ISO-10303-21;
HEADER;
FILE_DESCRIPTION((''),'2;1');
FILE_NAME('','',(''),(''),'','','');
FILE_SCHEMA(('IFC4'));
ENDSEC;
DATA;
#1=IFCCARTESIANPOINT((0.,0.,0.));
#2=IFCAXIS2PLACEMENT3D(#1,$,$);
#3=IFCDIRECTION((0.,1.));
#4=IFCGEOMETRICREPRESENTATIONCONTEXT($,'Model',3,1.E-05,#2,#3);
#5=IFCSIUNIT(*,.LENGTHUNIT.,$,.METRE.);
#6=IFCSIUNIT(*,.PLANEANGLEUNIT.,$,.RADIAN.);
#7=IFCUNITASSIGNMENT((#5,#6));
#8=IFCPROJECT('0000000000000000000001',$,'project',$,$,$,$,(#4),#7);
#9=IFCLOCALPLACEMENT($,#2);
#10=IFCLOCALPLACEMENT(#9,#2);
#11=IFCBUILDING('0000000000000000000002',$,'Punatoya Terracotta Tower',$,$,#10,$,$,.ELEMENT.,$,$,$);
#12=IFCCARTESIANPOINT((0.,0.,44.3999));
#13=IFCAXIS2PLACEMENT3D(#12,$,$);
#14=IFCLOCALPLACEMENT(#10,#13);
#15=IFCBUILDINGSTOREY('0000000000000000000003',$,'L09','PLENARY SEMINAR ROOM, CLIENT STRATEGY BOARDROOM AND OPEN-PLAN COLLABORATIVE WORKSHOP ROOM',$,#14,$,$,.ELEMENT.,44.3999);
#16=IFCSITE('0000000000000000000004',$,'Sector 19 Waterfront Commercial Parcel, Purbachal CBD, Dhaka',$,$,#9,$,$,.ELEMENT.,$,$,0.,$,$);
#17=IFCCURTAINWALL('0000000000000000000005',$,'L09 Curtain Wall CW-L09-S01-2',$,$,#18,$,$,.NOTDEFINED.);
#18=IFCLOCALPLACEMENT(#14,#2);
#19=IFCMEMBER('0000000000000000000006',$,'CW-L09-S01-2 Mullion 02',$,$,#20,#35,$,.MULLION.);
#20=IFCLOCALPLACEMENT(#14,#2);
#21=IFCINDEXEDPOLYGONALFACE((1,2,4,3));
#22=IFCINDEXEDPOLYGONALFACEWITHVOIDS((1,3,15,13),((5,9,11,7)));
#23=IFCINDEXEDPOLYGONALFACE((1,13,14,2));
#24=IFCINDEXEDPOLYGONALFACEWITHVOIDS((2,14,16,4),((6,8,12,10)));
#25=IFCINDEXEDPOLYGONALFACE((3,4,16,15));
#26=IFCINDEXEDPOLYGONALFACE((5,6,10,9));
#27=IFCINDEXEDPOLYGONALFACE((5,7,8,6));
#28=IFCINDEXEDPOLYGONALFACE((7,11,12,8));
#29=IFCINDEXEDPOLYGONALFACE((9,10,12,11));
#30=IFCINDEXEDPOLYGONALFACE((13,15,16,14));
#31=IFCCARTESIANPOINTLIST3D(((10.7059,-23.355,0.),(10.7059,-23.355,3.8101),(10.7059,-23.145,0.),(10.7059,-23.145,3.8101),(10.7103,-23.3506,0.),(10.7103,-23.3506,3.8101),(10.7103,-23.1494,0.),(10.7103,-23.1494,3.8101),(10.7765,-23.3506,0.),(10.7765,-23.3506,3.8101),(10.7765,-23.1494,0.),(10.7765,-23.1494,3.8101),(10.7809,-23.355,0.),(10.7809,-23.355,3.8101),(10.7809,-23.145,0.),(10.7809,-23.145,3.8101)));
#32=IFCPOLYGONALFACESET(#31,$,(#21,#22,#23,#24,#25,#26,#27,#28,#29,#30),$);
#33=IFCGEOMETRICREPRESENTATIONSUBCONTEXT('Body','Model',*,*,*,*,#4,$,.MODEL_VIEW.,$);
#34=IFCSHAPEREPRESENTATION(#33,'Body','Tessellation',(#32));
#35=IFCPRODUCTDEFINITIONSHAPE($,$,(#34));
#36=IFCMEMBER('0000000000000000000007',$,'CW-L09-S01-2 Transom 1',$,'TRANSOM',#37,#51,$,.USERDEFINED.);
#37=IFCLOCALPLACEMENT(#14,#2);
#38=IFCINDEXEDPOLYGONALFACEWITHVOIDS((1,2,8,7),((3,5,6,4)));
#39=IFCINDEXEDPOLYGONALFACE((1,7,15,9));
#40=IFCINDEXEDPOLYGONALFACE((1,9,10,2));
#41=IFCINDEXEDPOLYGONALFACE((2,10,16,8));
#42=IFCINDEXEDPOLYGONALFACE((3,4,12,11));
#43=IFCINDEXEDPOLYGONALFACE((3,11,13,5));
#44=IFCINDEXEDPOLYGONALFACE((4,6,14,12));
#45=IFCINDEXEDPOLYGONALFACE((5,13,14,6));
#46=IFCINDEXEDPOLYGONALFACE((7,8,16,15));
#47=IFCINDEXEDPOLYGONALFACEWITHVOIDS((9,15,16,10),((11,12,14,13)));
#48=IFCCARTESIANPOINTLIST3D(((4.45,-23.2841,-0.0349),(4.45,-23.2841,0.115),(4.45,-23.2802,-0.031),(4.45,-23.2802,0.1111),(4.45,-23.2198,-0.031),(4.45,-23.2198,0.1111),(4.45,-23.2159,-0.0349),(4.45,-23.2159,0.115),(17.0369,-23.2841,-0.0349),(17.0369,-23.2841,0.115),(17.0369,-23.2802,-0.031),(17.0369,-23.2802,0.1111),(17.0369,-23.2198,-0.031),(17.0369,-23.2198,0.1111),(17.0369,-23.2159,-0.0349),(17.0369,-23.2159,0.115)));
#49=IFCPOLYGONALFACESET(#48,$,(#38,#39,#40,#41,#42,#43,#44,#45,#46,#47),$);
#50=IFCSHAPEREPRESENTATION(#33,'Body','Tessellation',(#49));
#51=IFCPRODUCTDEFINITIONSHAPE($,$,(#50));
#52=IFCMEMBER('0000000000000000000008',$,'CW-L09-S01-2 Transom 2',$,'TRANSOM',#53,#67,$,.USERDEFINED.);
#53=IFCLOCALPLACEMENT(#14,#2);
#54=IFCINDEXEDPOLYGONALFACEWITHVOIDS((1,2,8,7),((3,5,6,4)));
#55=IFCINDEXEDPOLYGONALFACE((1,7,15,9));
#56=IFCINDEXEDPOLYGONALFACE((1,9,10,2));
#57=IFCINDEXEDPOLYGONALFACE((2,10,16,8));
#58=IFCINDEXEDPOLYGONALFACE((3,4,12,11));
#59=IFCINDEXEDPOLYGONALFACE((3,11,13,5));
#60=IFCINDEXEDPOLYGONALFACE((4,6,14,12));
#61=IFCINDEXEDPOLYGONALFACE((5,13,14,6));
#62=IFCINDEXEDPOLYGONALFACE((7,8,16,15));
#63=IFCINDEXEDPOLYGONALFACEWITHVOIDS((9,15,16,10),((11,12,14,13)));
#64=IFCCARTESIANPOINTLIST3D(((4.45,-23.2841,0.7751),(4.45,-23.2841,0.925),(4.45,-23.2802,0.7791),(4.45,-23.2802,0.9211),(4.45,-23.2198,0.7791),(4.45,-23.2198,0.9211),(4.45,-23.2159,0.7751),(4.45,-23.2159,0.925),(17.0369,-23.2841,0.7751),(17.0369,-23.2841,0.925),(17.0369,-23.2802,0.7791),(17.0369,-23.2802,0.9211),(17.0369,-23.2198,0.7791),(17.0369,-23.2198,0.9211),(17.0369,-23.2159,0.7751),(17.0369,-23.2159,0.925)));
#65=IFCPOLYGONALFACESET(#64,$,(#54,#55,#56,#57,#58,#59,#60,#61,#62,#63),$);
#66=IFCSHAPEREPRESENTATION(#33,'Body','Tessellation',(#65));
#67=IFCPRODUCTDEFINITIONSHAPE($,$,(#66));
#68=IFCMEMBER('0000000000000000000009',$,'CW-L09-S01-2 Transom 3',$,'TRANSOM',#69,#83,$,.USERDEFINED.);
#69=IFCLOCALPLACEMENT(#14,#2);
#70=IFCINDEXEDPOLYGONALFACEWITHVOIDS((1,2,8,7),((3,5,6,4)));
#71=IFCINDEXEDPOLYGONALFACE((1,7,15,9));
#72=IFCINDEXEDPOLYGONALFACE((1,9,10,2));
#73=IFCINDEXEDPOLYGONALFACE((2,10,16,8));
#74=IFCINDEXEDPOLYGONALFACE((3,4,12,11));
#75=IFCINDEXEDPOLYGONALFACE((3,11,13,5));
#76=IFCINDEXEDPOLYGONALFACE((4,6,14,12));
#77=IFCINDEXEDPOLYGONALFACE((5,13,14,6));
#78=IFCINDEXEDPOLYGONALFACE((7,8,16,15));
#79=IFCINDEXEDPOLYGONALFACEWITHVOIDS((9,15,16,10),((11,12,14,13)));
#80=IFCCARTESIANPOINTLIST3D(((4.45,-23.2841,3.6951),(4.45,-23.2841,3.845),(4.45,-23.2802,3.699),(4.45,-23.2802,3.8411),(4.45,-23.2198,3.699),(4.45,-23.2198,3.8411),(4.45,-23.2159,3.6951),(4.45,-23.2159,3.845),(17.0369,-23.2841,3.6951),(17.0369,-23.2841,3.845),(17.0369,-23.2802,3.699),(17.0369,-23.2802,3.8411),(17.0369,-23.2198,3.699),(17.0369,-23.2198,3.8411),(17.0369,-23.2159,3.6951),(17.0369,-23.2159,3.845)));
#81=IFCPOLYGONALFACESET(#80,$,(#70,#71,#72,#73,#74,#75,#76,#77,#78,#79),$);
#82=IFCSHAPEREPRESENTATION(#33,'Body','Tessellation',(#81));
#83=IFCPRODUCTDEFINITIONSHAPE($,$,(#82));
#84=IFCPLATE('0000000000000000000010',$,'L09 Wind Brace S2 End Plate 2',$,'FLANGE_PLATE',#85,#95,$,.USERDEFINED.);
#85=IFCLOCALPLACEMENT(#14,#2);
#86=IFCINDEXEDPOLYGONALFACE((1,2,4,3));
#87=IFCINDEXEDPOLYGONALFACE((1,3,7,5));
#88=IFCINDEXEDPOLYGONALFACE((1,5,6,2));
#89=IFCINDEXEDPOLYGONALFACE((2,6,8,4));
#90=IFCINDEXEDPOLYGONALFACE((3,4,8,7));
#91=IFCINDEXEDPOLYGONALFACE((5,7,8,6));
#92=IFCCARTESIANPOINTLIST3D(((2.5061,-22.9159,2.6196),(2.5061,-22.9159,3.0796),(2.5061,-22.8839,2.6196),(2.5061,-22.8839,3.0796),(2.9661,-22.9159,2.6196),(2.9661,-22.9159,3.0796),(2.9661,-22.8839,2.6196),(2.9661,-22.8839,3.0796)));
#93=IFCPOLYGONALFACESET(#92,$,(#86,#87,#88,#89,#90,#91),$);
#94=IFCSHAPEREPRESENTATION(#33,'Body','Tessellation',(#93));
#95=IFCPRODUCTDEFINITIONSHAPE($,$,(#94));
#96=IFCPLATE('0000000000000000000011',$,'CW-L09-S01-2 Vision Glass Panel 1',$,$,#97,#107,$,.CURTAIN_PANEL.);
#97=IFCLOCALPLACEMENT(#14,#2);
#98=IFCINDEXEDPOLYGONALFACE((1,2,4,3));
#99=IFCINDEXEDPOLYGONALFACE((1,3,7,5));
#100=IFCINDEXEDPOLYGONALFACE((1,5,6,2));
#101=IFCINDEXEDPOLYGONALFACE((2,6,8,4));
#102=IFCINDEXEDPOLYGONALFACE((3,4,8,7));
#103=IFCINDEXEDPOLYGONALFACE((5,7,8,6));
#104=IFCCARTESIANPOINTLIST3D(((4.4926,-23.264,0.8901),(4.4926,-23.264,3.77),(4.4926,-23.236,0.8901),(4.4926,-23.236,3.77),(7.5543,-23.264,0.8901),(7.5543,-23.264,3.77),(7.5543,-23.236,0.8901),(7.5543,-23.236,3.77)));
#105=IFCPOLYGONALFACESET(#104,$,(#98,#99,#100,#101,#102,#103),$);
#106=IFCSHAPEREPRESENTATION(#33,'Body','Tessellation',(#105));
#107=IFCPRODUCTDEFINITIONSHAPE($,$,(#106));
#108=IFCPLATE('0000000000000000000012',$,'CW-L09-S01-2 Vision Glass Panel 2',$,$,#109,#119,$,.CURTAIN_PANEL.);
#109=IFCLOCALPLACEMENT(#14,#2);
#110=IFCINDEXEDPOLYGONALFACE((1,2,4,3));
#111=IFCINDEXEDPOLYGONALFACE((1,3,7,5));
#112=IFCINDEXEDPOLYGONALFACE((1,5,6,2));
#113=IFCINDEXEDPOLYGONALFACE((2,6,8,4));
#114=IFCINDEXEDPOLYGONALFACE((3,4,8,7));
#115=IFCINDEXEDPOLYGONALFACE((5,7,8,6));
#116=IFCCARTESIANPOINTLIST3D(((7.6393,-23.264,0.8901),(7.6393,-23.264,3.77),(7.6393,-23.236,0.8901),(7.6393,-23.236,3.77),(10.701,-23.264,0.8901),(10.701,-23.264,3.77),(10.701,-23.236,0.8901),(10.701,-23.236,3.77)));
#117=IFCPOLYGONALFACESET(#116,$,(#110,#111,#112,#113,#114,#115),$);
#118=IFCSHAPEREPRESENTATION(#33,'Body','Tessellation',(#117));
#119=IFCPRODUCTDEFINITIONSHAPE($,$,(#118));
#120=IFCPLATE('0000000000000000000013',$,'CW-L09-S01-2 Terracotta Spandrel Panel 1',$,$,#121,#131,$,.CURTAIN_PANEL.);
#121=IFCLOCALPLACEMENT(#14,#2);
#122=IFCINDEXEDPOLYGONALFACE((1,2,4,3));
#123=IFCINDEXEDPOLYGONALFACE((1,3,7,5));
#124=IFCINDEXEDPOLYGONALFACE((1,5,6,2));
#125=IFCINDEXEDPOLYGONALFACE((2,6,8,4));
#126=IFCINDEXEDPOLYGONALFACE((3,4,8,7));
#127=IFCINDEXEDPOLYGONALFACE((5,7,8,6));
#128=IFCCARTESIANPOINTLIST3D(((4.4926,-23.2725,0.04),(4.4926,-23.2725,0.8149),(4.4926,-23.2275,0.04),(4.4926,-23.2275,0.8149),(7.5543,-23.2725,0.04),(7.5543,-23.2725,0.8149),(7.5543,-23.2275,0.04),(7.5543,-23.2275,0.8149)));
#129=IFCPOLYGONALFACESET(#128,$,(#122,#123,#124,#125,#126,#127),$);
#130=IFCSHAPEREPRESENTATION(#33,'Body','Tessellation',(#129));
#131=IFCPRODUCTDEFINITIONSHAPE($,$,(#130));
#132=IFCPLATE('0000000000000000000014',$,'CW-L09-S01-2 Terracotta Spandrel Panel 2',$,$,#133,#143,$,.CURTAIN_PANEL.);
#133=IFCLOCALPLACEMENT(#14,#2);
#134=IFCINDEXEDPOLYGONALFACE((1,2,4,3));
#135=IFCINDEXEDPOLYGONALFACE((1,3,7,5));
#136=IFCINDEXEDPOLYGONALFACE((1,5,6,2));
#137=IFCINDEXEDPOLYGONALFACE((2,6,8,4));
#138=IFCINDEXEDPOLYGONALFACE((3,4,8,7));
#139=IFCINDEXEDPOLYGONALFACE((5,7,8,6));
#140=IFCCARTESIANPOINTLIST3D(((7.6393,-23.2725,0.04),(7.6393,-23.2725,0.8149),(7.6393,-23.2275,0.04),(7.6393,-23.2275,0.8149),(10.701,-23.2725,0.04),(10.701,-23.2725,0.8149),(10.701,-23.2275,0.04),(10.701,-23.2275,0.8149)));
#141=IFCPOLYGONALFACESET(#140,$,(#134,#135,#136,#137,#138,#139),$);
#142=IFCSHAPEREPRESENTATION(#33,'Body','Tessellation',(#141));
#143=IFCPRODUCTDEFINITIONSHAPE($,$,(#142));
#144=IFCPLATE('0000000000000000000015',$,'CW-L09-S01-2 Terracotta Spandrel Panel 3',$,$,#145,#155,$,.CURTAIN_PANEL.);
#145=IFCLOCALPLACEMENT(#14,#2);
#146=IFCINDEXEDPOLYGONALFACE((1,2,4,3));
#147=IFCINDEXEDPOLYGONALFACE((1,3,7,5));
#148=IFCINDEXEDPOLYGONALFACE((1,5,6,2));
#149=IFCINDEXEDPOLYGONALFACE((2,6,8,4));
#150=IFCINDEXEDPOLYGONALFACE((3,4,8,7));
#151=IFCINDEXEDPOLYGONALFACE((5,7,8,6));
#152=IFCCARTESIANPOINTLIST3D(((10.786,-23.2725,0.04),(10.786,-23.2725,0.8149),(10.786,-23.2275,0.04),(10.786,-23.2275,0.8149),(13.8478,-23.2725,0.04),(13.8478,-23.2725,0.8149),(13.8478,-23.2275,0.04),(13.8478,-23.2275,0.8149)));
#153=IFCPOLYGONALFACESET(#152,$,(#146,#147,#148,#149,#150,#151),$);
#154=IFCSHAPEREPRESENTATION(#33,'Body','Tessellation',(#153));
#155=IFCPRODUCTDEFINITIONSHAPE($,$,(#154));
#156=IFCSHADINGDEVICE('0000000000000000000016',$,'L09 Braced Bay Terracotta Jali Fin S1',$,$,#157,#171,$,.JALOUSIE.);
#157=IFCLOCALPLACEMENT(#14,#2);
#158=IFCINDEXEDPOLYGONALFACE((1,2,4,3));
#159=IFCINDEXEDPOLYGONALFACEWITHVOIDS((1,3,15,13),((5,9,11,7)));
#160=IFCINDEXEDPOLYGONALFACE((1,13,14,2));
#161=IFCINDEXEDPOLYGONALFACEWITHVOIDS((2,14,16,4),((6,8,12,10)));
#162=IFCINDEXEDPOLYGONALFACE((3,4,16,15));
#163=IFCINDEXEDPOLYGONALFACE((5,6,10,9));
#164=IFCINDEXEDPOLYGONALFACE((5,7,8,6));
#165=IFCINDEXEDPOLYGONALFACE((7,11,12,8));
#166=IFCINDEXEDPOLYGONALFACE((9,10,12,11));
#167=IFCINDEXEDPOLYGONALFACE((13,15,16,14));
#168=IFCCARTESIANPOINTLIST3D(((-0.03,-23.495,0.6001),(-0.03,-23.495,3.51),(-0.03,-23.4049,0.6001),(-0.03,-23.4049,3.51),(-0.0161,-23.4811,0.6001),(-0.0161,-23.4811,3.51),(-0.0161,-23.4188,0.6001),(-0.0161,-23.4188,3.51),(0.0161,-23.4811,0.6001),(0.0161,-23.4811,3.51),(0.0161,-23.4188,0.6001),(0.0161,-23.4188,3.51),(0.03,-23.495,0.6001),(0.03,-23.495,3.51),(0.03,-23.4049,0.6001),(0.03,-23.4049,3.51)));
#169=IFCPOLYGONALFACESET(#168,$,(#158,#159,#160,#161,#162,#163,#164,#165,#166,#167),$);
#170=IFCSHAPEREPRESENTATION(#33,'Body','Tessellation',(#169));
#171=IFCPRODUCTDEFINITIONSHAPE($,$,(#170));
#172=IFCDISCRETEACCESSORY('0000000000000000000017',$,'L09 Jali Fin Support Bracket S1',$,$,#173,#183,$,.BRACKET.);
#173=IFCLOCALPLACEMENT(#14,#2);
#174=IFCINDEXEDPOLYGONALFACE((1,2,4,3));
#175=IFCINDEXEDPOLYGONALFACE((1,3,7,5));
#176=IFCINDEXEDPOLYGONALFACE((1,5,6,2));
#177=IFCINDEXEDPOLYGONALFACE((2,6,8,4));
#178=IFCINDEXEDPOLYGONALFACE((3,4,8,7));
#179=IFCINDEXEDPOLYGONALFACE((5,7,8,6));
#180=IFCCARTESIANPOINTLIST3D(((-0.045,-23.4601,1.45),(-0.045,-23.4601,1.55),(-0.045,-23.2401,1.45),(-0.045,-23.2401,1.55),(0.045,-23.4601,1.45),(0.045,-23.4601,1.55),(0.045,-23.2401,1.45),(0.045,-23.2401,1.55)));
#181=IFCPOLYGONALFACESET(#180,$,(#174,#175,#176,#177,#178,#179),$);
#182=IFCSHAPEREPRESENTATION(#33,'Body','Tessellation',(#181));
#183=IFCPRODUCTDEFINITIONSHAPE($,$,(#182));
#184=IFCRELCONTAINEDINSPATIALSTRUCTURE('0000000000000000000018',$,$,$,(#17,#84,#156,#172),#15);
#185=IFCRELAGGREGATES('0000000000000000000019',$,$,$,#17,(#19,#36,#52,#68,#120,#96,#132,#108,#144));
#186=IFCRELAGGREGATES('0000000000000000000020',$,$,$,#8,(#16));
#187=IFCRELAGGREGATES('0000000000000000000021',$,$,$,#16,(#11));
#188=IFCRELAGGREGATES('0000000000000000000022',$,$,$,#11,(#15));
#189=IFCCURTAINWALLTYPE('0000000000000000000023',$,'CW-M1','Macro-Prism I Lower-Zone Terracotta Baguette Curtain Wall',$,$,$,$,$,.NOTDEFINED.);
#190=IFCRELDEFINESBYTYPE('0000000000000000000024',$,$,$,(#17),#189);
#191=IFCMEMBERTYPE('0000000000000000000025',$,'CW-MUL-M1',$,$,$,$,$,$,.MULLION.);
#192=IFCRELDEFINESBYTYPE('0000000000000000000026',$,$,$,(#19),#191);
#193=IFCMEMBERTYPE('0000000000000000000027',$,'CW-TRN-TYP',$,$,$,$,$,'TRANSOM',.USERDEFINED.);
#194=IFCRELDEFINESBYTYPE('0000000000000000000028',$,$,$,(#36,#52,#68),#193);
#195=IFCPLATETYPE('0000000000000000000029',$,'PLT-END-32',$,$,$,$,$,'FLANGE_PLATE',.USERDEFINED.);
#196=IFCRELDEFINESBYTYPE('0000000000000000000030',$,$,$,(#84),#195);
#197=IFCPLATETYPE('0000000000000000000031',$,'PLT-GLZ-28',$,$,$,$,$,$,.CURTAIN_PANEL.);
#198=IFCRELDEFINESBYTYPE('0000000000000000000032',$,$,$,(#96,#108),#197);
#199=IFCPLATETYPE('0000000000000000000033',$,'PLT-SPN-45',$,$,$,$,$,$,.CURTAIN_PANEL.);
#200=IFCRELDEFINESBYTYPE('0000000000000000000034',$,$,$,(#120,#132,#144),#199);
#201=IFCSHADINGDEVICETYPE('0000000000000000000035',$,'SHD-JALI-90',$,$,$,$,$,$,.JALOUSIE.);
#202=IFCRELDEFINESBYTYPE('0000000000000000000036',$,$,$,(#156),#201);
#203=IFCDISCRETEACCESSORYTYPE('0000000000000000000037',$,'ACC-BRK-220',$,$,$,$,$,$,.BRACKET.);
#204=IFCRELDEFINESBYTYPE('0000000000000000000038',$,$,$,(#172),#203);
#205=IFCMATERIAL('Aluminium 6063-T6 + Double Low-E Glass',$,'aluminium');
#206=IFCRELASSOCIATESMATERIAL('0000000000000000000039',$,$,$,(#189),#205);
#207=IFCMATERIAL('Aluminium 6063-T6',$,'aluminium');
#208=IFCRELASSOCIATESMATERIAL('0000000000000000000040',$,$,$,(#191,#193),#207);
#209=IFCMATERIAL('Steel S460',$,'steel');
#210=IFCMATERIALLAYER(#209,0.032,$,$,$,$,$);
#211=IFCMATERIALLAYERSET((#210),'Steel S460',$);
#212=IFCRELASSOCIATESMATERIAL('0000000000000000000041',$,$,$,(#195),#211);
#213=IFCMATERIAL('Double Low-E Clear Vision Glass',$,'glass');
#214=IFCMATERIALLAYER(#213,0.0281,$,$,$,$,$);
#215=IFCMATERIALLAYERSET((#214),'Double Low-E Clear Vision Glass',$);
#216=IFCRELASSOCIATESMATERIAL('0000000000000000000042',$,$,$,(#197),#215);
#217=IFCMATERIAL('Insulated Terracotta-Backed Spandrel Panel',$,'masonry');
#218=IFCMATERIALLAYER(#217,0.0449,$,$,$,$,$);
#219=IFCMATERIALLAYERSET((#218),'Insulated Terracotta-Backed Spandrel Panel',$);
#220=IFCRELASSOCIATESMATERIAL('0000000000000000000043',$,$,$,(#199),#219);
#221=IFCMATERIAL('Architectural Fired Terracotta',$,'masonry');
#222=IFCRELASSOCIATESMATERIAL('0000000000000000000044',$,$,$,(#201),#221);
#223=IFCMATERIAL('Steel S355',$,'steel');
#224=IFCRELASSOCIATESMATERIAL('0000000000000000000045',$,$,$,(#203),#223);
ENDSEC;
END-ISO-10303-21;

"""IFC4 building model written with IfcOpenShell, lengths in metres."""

from ifc_helpers import new_model, si_unit, direction, frame, origin, origin_2d, place, context, subcontext, project, spatial, rectangle, hollow_rectangle, extrude, material, layer, layer_set, material_profile, profile_set, type_object, element, aggregate, save


model = new_model("IFC4")

# Units and contexts
model_context = context("Model", 3, precision=1e-05, world=origin(), true_north=direction((0.0, 1.0)))
body_context = subcontext(model_context, "Body", "Model", "MODEL_VIEW")
ifc_project = project(units=[si_unit("LENGTHUNIT", "METRE"), si_unit("PLANEANGLEUNIT", "RADIAN")], contexts=[model_context])

# Site, building, storey
site_placement = place(None, origin())
site = spatial("IfcSite", under=ifc_project, at=site_placement, Name="Sector 19 Waterfront Commercial Parcel, Purbachal CBD, Dhaka", CompositionType="ELEMENT", RefElevation=0.0)
building_placement = place(site_placement, origin())
building = spatial("IfcBuilding", under=site, at=building_placement, Name="Punatoya Terracotta Tower", CompositionType="ELEMENT")
storey_placement = place(building_placement, frame((0.0, 0.0, 44.3999)))
storey = spatial("IfcBuildingStorey", under=building, at=storey_placement, Name="L09", Description="PLENARY SEMINAR ROOM, CLIENT STRATEGY BOARDROOM AND OPEN-PLAN COLLABORATIVE WORKSHOP ROOM", CompositionType="ELEMENT", Elevation=44.3999)

# Shared definitions
ifc_material_1 = material(Name="Steel S460", Category="steel")

# Shared definitions
ifc_material_2 = material(Name="Steel S355", Category="steel")

# Curtain wall, members
ifc_material_3 = material(Name="Aluminium 6063-T6 + Double Low-E Glass", Category="aluminium")
curtain_wall_type = type_object("IfcCurtainWallType", Name="CW-M1", Description="Macro-Prism I Lower-Zone Terracotta Baguette Curtain Wall", PredefinedType="NOTDEFINED", material=ifc_material_3)
curtain_wall_placement = place(storey_placement, origin())
curtain_wall = element("IfcCurtainWall", 1, at=curtain_wall_placement, inside=storey, type_object=curtain_wall_type, Name="L09 Curtain Wall CW-L09-S01-2", PredefinedType="NOTDEFINED")
ifc_material_4 = material(Name="Aluminium 6063-T6", Category="aluminium")
ifc_material_profile_1 = material_profile(ifc_material_4, hollow_rectangle(XDim=0.075, YDim=0.21, WallThickness=0.0044, at=origin_2d()))
ifc_profile_set_1 = profile_set([ifc_material_profile_1], Name="Aluminium 6063-T6")
member_type_1 = type_object("IfcMemberType", Name="CW-MUL-M1", PredefinedType="MULLION", material=ifc_profile_set_1)
member_1_placement = place(storey_placement, frame((10.7434, -23.25, 0.0), z_axis=(0.0, 0.0, 1.0), x_axis=(1.0, 0.0, 0.0)))
member_1 = element("IfcMember", 2, at=member_1_placement, type_object=member_type_1, Name="CW-L09-S01-2 Mullion 02", PredefinedType="MULLION", context=body_context, shape_type="SweptSolid", body=[
    extrude(hollow_rectangle(XDim=0.075, YDim=0.21, WallThickness=0.0044, at=origin_2d()), origin(), (0.0, 0.0, 1.0), 3.8101),
])
ifc_material_profile_2 = material_profile(ifc_material_4, hollow_rectangle(XDim=0.0681, YDim=0.1499, WallThickness=0.0039, at=origin_2d()))
ifc_profile_set_2 = profile_set([ifc_material_profile_2], Name="Aluminium 6063-T6")
member_type_2 = type_object("IfcMemberType", Name="CW-TRN-TYP", ElementType="TRANSOM", PredefinedType="USERDEFINED", material=ifc_profile_set_2)
member_2_placement = place(storey_placement, frame((4.45, -23.25, 0.04), z_axis=(1.0, 0.0, 0.0), x_axis=(0.0, 1.0, 0.0)))
member_2 = element("IfcMember", 3, at=member_2_placement, type_object=member_type_2, Name="CW-L09-S01-2 Transom 1", ObjectType="TRANSOM", PredefinedType="USERDEFINED", context=body_context, shape_type="SweptSolid", body=[
    extrude(hollow_rectangle(XDim=0.0681, YDim=0.1499, WallThickness=0.0039, at=origin_2d()), origin(), (0.0, 0.0, 1.0), 12.5869),
])
member_3_placement = place(storey_placement, frame((4.45, -23.25, 0.8501), z_axis=(1.0, 0.0, 0.0), x_axis=(0.0, 1.0, 0.0)))
member_3 = element("IfcMember", 4, at=member_3_placement, type_object=member_type_2, Name="CW-L09-S01-2 Transom 2", ObjectType="TRANSOM", PredefinedType="USERDEFINED", context=body_context, shape_type="SweptSolid", body=[
    extrude(hollow_rectangle(XDim=0.0681, YDim=0.1499, WallThickness=0.0039, at=origin_2d()), origin(), (0.0, 0.0, 1.0), 12.5869),
])
member_4_placement = place(storey_placement, frame((4.45, -23.25, 3.77), z_axis=(1.0, 0.0, 0.0), x_axis=(0.0, 1.0, 0.0)))
member_4 = element("IfcMember", 5, at=member_4_placement, type_object=member_type_2, Name="CW-L09-S01-2 Transom 3", ObjectType="TRANSOM", PredefinedType="USERDEFINED", context=body_context, shape_type="SweptSolid", body=[
    extrude(hollow_rectangle(XDim=0.0681, YDim=0.1499, WallThickness=0.0039, at=origin_2d()), origin(), (0.0, 0.0, 1.0), 12.5869),
])

# Plates
ifc_layer_1 = layer(ifc_material_1, 0.032)
ifc_layer_set_1 = layer_set([ifc_layer_1], Name="Steel S460")
plate_type_1 = type_object("IfcPlateType", Name="PLT-END-32", ElementType="FLANGE_PLATE", PredefinedType="USERDEFINED", material=ifc_layer_set_1)
plate_1_placement = place(storey_placement, frame((2.7361, -22.8999, 2.6196), z_axis=(0.0, 0.0, 1.0), x_axis=(1.0, 0.0, 0.0)))
element("IfcPlate", 6, at=plate_1_placement, inside=storey, type_object=plate_type_1, Name="L09 Wind Brace S2 End Plate 2", ObjectType="FLANGE_PLATE", PredefinedType="USERDEFINED", context=body_context, shape_type="SweptSolid", body=[
    extrude(rectangle(XDim=0.46, YDim=0.032, at=origin_2d()), origin(), (0.0, 0.0, 1.0), 0.46),
])
ifc_material_5 = material(Name="Double Low-E Clear Vision Glass", Category="glass")
ifc_layer_2 = layer(ifc_material_5, 0.0281)
ifc_layer_set_2 = layer_set([ifc_layer_2], Name="Double Low-E Clear Vision Glass")
plate_type_2 = type_object("IfcPlateType", Name="PLT-GLZ-28", PredefinedType="CURTAIN_PANEL", material=ifc_layer_set_2)
plate_2_placement = place(storey_placement, frame((6.0234, -23.25, 0.8901), z_axis=(0.0, 0.0, 1.0), x_axis=(1.0, 0.0, 0.0)))
plate_2 = element("IfcPlate", 7, at=plate_2_placement, type_object=plate_type_2, Name="CW-L09-S01-2 Vision Glass Panel 1", PredefinedType="CURTAIN_PANEL", context=body_context, shape_type="SweptSolid", body=[
    extrude(rectangle(XDim=3.0618, YDim=0.0281, at=origin_2d()), origin(), (0.0, 0.0, 1.0), 2.8799),
])
plate_3_placement = place(storey_placement, frame((9.1702, -23.25, 0.8901), z_axis=(0.0, 0.0, 1.0), x_axis=(1.0, 0.0, 0.0)))
plate_3 = element("IfcPlate", 8, at=plate_3_placement, type_object=plate_type_2, Name="CW-L09-S01-2 Vision Glass Panel 2", PredefinedType="CURTAIN_PANEL", context=body_context, shape_type="SweptSolid", body=[
    extrude(rectangle(XDim=3.0618, YDim=0.0281, at=origin_2d()), origin(), (0.0, 0.0, 1.0), 2.8799),
])
ifc_material_6 = material(Name="Insulated Terracotta-Backed Spandrel Panel", Category="masonry")
ifc_layer_3 = layer(ifc_material_6, 0.0449)
ifc_layer_set_3 = layer_set([ifc_layer_3], Name="Insulated Terracotta-Backed Spandrel Panel")
plate_type_3 = type_object("IfcPlateType", Name="PLT-SPN-45", PredefinedType="CURTAIN_PANEL", material=ifc_layer_set_3)
plate_4_placement = place(storey_placement, frame((6.0234, -23.25, 0.04), z_axis=(0.0, 0.0, 1.0), x_axis=(1.0, 0.0, 0.0)))
plate_4 = element("IfcPlate", 9, at=plate_4_placement, type_object=plate_type_3, Name="CW-L09-S01-2 Terracotta Spandrel Panel 1", PredefinedType="CURTAIN_PANEL", context=body_context, shape_type="SweptSolid", body=[
    extrude(rectangle(XDim=3.0618, YDim=0.0449, at=origin_2d()), origin(), (0.0, 0.0, 1.0), 0.7749),
])
plate_5_placement = place(storey_placement, frame((9.1702, -23.25, 0.04), z_axis=(0.0, 0.0, 1.0), x_axis=(1.0, 0.0, 0.0)))
plate_5 = element("IfcPlate", 10, at=plate_5_placement, type_object=plate_type_3, Name="CW-L09-S01-2 Terracotta Spandrel Panel 2", PredefinedType="CURTAIN_PANEL", context=body_context, shape_type="SweptSolid", body=[
    extrude(rectangle(XDim=3.0618, YDim=0.0449, at=origin_2d()), origin(), (0.0, 0.0, 1.0), 0.7749),
])
plate_6_placement = place(storey_placement, frame((12.3169, -23.25, 0.04), z_axis=(0.0, 0.0, 1.0), x_axis=(1.0, 0.0, 0.0)))
plate_6 = element("IfcPlate", 11, at=plate_6_placement, type_object=plate_type_3, Name="CW-L09-S01-2 Terracotta Spandrel Panel 3", PredefinedType="CURTAIN_PANEL", context=body_context, shape_type="SweptSolid", body=[
    extrude(rectangle(XDim=3.0618, YDim=0.0449, at=origin_2d()), origin(), (0.0, 0.0, 1.0), 0.7749),
])
aggregate(curtain_wall, [member_1, member_2, member_3, member_4, plate_4, plate_2, plate_5, plate_3, plate_6])

# Shading device
ifc_material_7 = material(Name="Architectural Fired Terracotta", Category="masonry")
ifc_material_profile_3 = material_profile(ifc_material_7, hollow_rectangle(XDim=0.0601, YDim=0.0901, WallThickness=0.0139, at=origin_2d()))
ifc_profile_set_3 = profile_set([ifc_material_profile_3], Name="Architectural Fired Terracotta")
shading_device_type = type_object("IfcShadingDeviceType", Name="SHD-JALI-90", PredefinedType="JALOUSIE", material=ifc_profile_set_3)
shading_device_placement = place(storey_placement, frame((0.0, -23.45, 0.6001), z_axis=(0.0, 0.0, 1.0), x_axis=(1.0, 0.0, 0.0)))
element("IfcShadingDevice", 12, at=shading_device_placement, inside=storey, type_object=shading_device_type, Name="L09 Braced Bay Terracotta Jali Fin S1", PredefinedType="JALOUSIE", context=body_context, shape_type="SweptSolid", body=[
    extrude(hollow_rectangle(XDim=0.0601, YDim=0.0901, WallThickness=0.0139, at=origin_2d()), origin(), (0.0, 0.0, 1.0), 2.9099),
])

# Discrete accessory
discrete_accessory_type = type_object("IfcDiscreteAccessoryType", Name="ACC-BRK-220", PredefinedType="BRACKET", material=ifc_material_2)
discrete_accessory_placement = place(storey_placement, frame((0.0, -23.3501, 1.45), z_axis=(0.0, 0.0, 1.0), x_axis=(1.0, 0.0, 0.0)))
element("IfcDiscreteAccessory", 13, at=discrete_accessory_placement, inside=storey, type_object=discrete_accessory_type, Name="L09 Jali Fin Support Bracket S1", PredefinedType="BRACKET", context=body_context, shape_type="SweptSolid", body=[
    extrude(rectangle(XDim=0.0901, YDim=0.22, at=origin_2d()), origin(), (0.0, 0.0, 1.0), 0.1001),
])

save(model, "model.ifc")
